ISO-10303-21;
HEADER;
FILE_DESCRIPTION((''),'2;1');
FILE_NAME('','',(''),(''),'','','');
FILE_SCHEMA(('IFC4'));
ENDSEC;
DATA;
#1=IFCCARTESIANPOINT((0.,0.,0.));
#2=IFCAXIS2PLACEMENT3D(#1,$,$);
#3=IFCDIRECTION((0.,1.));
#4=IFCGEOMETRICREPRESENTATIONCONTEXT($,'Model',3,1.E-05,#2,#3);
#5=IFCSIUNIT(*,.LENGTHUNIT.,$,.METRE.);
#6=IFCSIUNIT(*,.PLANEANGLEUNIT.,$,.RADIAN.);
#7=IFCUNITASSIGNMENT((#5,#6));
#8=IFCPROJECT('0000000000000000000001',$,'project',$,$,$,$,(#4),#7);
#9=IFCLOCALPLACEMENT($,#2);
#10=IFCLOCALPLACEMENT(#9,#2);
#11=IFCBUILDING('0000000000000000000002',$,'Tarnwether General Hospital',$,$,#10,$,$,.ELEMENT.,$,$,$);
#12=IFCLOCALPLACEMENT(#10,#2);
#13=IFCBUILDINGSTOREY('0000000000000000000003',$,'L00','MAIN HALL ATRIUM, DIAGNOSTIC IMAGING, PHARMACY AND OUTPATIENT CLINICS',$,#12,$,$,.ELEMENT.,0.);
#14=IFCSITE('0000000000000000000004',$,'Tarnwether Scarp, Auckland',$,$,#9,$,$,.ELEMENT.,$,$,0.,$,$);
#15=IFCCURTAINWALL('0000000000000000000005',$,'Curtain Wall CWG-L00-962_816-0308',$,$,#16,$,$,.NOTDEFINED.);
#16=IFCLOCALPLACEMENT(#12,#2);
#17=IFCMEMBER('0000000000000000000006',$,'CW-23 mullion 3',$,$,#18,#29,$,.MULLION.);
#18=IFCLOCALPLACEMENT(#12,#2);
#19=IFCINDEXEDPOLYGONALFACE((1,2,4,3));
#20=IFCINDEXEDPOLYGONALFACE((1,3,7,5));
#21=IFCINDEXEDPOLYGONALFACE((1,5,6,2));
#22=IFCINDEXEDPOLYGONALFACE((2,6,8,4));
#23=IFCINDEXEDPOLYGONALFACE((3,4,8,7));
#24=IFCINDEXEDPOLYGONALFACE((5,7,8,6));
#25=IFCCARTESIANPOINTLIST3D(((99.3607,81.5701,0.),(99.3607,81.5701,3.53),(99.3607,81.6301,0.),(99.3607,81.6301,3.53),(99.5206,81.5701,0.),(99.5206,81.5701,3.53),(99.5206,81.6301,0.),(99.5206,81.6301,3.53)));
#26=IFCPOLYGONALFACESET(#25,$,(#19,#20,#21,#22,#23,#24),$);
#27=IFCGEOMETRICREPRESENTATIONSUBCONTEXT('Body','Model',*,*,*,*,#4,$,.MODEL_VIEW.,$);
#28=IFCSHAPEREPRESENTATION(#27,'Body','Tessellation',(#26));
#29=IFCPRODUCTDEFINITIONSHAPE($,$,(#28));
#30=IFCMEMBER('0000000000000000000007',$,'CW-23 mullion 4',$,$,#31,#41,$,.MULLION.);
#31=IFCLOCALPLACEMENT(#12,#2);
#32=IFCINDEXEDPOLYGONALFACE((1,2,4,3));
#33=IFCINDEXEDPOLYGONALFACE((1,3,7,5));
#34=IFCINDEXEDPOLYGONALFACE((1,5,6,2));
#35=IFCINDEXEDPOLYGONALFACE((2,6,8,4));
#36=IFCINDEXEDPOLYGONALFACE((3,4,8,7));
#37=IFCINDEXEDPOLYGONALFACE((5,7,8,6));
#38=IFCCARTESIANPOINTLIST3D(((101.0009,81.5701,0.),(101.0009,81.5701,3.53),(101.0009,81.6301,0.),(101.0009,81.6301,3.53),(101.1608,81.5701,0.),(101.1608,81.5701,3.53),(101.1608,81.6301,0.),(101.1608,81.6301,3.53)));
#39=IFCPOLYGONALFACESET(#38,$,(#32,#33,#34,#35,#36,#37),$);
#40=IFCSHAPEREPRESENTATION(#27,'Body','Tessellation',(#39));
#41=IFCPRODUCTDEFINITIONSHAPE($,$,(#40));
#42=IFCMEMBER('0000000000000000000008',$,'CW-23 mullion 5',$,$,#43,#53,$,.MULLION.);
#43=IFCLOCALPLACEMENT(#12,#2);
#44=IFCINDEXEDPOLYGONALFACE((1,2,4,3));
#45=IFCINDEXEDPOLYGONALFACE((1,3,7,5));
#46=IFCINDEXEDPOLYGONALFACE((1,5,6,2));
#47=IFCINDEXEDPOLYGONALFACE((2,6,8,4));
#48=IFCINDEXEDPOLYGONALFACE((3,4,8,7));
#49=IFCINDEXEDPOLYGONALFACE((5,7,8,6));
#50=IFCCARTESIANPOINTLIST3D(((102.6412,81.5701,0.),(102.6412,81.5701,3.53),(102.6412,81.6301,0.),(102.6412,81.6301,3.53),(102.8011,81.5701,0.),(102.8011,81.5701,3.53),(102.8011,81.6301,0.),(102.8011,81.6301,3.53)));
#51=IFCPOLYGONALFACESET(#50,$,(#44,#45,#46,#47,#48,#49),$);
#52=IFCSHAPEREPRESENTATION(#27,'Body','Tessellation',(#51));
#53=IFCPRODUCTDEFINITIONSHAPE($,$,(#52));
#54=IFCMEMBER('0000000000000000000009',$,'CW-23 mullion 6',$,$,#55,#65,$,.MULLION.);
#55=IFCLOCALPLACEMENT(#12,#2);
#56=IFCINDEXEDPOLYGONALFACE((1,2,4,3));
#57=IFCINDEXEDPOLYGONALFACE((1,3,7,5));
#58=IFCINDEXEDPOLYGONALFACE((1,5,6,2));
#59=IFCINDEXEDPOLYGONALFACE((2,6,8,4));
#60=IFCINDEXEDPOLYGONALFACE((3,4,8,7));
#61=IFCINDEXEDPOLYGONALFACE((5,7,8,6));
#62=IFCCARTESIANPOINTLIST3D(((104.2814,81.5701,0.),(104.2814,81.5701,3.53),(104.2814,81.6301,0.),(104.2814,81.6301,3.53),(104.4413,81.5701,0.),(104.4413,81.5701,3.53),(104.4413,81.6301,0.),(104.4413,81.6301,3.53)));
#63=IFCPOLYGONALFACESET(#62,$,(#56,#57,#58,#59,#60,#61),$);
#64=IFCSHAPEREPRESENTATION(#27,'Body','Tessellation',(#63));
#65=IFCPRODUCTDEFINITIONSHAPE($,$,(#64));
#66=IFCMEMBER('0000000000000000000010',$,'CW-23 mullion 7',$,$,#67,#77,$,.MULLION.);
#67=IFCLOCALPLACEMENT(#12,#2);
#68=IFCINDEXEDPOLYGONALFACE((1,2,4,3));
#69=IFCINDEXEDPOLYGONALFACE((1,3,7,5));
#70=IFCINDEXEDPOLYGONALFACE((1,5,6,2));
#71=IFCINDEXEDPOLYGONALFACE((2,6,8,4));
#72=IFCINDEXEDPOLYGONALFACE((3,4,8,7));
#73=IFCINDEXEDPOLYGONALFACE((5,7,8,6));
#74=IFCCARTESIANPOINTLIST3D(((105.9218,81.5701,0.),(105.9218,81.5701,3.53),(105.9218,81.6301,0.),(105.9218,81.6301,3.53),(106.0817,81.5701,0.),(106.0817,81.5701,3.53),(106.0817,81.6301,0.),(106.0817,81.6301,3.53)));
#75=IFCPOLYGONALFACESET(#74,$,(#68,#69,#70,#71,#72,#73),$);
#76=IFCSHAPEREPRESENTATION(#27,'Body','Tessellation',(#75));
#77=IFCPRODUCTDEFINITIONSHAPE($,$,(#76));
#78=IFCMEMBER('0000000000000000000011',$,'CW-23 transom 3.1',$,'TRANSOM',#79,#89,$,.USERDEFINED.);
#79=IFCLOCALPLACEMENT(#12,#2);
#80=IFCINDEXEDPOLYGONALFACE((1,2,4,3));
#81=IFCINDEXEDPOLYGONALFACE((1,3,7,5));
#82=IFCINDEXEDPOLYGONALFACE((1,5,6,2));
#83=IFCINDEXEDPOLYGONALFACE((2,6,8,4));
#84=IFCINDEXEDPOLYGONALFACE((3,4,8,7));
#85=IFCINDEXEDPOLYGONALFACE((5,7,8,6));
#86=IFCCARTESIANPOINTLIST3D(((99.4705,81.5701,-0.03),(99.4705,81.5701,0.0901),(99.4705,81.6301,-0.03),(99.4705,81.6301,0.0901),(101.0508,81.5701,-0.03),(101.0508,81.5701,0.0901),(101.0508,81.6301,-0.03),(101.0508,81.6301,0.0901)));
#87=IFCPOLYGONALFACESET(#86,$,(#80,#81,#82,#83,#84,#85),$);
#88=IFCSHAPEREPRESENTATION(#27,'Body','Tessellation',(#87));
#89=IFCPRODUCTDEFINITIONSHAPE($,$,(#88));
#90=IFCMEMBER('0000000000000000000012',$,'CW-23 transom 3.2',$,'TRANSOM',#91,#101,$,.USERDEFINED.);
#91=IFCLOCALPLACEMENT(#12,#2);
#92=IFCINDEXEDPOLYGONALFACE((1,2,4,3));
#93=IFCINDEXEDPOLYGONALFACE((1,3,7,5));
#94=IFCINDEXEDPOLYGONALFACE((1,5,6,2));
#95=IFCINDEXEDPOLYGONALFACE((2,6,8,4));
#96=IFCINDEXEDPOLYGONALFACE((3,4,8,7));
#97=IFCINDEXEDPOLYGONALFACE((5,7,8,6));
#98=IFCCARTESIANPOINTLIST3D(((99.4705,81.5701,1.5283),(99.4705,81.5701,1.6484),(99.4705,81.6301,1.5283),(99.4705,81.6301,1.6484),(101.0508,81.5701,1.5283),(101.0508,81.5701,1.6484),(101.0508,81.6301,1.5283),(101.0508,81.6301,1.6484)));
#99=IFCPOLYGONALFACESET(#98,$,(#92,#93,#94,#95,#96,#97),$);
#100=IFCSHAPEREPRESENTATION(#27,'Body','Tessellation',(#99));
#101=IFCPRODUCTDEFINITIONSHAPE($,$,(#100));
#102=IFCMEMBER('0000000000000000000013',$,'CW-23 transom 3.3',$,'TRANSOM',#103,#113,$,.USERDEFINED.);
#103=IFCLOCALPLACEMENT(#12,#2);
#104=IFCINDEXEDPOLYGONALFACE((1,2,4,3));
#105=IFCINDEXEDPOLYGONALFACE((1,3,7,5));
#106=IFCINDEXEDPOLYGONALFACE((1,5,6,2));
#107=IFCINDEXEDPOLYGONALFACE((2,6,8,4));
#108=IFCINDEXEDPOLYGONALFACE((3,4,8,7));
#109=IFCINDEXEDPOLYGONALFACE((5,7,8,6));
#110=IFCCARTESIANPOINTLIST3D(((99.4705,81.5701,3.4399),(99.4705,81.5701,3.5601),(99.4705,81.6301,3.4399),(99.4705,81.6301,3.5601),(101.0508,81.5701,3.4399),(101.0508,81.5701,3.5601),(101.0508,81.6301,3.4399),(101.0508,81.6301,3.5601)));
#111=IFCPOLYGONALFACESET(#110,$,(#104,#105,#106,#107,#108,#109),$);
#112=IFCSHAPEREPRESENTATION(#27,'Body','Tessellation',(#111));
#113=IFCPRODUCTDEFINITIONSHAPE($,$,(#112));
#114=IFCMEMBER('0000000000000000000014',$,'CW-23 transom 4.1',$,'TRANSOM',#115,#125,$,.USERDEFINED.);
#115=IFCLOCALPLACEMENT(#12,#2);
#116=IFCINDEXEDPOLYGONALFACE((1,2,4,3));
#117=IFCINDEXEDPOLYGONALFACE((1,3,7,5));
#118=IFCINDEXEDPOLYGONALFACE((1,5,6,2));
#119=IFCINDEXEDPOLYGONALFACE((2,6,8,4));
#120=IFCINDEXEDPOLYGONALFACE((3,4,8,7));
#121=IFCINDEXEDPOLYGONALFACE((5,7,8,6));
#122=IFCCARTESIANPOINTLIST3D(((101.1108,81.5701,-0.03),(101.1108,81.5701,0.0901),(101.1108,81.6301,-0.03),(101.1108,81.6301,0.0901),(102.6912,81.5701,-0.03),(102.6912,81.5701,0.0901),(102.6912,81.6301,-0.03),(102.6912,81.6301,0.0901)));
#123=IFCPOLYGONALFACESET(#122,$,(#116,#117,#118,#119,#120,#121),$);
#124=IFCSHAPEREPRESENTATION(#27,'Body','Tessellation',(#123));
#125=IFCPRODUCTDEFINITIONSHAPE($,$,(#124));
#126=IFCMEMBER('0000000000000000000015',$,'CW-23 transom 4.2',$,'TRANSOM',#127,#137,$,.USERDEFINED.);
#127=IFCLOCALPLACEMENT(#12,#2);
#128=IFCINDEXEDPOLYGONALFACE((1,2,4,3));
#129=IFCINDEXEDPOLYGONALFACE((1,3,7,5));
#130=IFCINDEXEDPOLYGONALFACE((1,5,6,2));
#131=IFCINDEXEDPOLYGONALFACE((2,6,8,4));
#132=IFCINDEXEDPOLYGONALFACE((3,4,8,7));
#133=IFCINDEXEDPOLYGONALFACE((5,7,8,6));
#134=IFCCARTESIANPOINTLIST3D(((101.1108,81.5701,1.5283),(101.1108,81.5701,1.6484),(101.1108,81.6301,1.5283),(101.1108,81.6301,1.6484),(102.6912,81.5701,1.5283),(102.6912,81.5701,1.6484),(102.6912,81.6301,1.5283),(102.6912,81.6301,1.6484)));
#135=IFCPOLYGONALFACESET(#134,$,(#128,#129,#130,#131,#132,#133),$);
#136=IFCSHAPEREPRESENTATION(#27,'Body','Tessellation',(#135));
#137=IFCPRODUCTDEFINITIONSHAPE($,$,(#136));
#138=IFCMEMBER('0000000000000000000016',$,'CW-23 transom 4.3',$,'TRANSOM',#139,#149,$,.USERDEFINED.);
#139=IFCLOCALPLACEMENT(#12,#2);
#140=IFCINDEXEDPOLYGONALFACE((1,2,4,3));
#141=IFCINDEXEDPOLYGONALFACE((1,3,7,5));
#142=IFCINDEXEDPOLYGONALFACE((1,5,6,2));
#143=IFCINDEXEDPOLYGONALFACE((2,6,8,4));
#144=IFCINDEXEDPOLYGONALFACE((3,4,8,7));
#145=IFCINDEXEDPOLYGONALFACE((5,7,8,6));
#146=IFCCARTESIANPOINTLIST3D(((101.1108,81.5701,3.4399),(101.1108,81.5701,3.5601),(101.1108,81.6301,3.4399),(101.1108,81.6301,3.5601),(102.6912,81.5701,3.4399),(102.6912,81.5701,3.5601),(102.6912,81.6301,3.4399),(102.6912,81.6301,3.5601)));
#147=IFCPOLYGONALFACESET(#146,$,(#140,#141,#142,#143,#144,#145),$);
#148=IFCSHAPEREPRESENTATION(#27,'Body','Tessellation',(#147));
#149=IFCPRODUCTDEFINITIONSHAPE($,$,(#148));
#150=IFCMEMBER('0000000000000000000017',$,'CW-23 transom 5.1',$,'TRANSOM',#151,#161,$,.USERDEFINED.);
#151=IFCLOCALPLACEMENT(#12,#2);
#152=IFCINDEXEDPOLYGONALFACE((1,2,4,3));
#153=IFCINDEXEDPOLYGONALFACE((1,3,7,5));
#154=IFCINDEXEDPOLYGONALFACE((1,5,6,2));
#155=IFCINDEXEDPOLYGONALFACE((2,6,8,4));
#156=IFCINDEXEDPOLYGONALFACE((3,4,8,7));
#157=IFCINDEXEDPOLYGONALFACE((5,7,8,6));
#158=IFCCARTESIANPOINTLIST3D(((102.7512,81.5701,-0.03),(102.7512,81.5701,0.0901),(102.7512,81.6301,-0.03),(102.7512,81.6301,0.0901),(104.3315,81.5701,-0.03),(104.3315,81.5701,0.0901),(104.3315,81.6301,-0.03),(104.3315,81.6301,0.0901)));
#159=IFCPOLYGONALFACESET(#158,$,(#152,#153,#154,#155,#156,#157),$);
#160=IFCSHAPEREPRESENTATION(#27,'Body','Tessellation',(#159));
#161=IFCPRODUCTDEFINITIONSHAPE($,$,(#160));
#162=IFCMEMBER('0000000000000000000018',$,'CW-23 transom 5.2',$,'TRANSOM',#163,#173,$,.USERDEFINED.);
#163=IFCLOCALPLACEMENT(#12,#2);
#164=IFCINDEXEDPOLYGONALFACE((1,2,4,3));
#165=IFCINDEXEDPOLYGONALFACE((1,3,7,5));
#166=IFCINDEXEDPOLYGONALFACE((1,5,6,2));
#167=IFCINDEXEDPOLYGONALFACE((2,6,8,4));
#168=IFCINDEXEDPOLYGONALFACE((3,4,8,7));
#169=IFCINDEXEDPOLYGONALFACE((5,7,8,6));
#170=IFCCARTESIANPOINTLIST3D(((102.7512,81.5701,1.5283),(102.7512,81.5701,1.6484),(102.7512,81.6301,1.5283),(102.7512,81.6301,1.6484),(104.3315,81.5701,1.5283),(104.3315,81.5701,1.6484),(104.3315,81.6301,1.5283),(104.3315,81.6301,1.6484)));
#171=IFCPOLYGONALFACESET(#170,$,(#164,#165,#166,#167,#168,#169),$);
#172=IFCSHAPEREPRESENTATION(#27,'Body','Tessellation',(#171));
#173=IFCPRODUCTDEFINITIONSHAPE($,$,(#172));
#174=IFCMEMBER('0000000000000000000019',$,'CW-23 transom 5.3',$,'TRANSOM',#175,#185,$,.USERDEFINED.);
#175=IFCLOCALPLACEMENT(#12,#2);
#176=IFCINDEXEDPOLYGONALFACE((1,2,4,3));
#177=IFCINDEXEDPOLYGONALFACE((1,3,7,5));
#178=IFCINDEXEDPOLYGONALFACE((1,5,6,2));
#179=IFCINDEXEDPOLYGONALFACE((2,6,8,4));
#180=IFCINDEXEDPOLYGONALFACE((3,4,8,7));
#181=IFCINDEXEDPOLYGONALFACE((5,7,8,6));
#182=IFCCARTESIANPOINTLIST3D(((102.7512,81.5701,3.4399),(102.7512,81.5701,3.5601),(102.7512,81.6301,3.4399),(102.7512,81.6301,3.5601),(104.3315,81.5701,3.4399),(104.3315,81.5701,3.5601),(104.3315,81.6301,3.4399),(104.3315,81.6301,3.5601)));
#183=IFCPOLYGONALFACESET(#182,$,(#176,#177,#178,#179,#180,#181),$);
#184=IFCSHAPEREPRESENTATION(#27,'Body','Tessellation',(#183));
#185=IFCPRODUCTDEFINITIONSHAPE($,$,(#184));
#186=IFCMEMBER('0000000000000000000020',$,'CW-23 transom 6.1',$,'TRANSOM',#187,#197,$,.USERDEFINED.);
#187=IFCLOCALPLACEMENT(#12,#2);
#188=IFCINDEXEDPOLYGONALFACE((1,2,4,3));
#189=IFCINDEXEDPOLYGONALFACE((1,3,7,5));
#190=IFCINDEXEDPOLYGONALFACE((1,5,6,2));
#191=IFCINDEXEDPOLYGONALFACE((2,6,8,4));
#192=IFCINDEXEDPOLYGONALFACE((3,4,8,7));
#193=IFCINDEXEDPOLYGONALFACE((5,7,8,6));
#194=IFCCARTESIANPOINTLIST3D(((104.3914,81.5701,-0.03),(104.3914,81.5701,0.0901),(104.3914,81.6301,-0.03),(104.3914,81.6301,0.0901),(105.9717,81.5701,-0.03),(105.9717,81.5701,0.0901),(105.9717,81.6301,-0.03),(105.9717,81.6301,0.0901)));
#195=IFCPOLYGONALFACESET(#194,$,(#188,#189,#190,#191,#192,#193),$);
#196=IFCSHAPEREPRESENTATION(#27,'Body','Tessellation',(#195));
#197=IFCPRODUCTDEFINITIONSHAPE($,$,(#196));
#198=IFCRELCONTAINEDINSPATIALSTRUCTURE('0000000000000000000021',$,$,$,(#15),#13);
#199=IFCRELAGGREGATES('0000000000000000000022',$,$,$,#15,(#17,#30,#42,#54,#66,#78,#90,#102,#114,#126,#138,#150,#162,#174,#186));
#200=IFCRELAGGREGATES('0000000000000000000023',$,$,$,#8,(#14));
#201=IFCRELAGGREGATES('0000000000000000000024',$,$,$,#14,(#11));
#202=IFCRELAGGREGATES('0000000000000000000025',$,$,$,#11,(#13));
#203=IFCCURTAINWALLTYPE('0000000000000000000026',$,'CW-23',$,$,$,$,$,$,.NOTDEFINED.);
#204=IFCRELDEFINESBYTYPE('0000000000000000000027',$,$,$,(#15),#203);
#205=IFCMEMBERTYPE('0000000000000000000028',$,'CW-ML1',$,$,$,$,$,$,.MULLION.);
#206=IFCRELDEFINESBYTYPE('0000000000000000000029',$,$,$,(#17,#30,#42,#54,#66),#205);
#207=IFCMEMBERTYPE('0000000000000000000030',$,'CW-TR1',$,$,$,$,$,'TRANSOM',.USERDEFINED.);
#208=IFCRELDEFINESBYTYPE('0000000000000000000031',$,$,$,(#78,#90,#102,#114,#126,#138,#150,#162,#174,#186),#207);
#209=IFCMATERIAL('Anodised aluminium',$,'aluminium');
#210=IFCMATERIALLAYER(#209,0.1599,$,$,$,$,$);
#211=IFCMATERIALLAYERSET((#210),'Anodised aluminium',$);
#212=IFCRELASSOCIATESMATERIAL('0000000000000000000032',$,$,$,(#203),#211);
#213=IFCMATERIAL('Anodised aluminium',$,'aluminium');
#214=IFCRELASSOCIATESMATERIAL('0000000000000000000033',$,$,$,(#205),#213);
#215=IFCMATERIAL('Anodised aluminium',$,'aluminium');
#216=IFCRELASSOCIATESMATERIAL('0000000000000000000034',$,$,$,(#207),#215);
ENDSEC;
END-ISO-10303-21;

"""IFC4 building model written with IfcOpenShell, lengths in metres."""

from ifc_helpers import new_model, si_unit, direction, frame, origin, origin_2d, place, context, subcontext, project, spatial, rectangle, extrude, material, layer, layer_set, material_profile, profile_set, type_object, element, aggregate, save


model = new_model("IFC4")

# Units and contexts
model_context = context("Model", 3, precision=1e-05, world=origin(), true_north=direction((0.0, 1.0)))
body_context = subcontext(model_context, "Body", "Model", "MODEL_VIEW")
ifc_project = project(units=[si_unit("LENGTHUNIT", "METRE"), si_unit("PLANEANGLEUNIT", "RADIAN")], contexts=[model_context])

# Site, building, storey
site_placement = place(None, origin())
site = spatial("IfcSite", under=ifc_project, at=site_placement, Name="Tarnwether Scarp, Auckland", CompositionType="ELEMENT", RefElevation=0.0)
building_placement = place(site_placement, origin())
building = spatial("IfcBuilding", under=site, at=building_placement, Name="Tarnwether General Hospital", CompositionType="ELEMENT")
storey_placement = place(building_placement, origin())
storey = spatial("IfcBuildingStorey", under=building, at=storey_placement, Name="L00", Description="MAIN HALL ATRIUM, DIAGNOSTIC IMAGING, PHARMACY AND OUTPATIENT CLINICS", CompositionType="ELEMENT", Elevation=0.0)

# Curtain wall, members
ifc_material_1 = material(Name="Anodised aluminium", Category="aluminium")
ifc_layer_1 = layer(ifc_material_1, 0.1599)
ifc_layer_set_1 = layer_set([ifc_layer_1], Name="Anodised aluminium")
curtain_wall_type = type_object("IfcCurtainWallType", Name="CW-23", PredefinedType="NOTDEFINED", material=ifc_layer_set_1)
curtain_wall_placement = place(storey_placement, origin())
curtain_wall = element("IfcCurtainWall", 1, at=curtain_wall_placement, inside=storey, type_object=curtain_wall_type, Name="Curtain Wall CWG-L00-962_816-0308", PredefinedType="NOTDEFINED")
ifc_material_2 = material(Name="Anodised aluminium", Category="aluminium")
ifc_material_profile_1 = material_profile(ifc_material_2, rectangle(XDim=0.0601, YDim=0.1599, at=origin_2d()), Name="ALU-MUL-60x160")
ifc_profile_set_1 = profile_set([ifc_material_profile_1], Name="Anodised aluminium")
member_type_1 = type_object("IfcMemberType", Name="CW-ML1", PredefinedType="MULLION", material=ifc_profile_set_1)
member_1_placement = place(storey_placement, frame((99.4407, 81.6001, 0.0), z_axis=(0.0, 0.0, 1.0), x_axis=(0.0, 1.0, 0.0)))
member_1 = element("IfcMember", 2, at=member_1_placement, type_object=member_type_1, Name="CW-23 mullion 3", PredefinedType="MULLION", context=body_context, shape_type="SweptSolid", body=[
    extrude(rectangle(XDim=0.0601, YDim=0.1599, at=origin_2d()), origin(), (0.0, 0.0, 1.0), 3.53),
])
member_2_placement = place(storey_placement, frame((101.0808, 81.6001, 0.0), z_axis=(0.0, 0.0, 1.0), x_axis=(0.0, 1.0, 0.0)))
member_2 = element("IfcMember", 3, at=member_2_placement, type_object=member_type_1, Name="CW-23 mullion 4", PredefinedType="MULLION", context=body_context, shape_type="SweptSolid", body=[
    extrude(rectangle(XDim=0.0601, YDim=0.1599, at=origin_2d()), origin(), (0.0, 0.0, 1.0), 3.53),
])
member_3_placement = place(storey_placement, frame((102.7212, 81.6001, 0.0), z_axis=(0.0, 0.0, 1.0), x_axis=(0.0, 1.0, 0.0)))
member_3 = element("IfcMember", 4, at=member_3_placement, type_object=member_type_1, Name="CW-23 mullion 5", PredefinedType="MULLION", context=body_context, shape_type="SweptSolid", body=[
    extrude(rectangle(XDim=0.0601, YDim=0.1599, at=origin_2d()), origin(), (0.0, 0.0, 1.0), 3.53),
])
member_4_placement = place(storey_placement, frame((104.3613, 81.6001, 0.0), z_axis=(0.0, 0.0, 1.0), x_axis=(0.0, 1.0, 0.0)))
member_4 = element("IfcMember", 5, at=member_4_placement, type_object=member_type_1, Name="CW-23 mullion 6", PredefinedType="MULLION", context=body_context, shape_type="SweptSolid", body=[
    extrude(rectangle(XDim=0.0601, YDim=0.1599, at=origin_2d()), origin(), (0.0, 0.0, 1.0), 3.53),
])
member_5_placement = place(storey_placement, frame((106.0017, 81.6001, 0.0), z_axis=(0.0, 0.0, 1.0), x_axis=(0.0, 1.0, 0.0)))
member_5 = element("IfcMember", 6, at=member_5_placement, type_object=member_type_1, Name="CW-23 mullion 7", PredefinedType="MULLION", context=body_context, shape_type="SweptSolid", body=[
    extrude(rectangle(XDim=0.0601, YDim=0.1599, at=origin_2d()), origin(), (0.0, 0.0, 1.0), 3.53),
])
ifc_material_3 = material(Name="Anodised aluminium", Category="aluminium")
ifc_material_profile_2 = material_profile(ifc_material_3, rectangle(XDim=0.0601, YDim=0.1201, at=origin_2d()), Name="ALU-TRN-60x120")
ifc_profile_set_2 = profile_set([ifc_material_profile_2], Name="Anodised aluminium")
member_type_2 = type_object("IfcMemberType", Name="CW-TR1", ElementType="TRANSOM", PredefinedType="USERDEFINED", material=ifc_profile_set_2)
member_6_placement = place(storey_placement, frame((99.4705, 81.6001, 0.03), z_axis=(1.0, 0.0, 0.0), x_axis=(0.0, 1.0, 0.0)))
member_6 = element("IfcMember", 7, at=member_6_placement, type_object=member_type_2, Name="CW-23 transom 3.1", ObjectType="TRANSOM", PredefinedType="USERDEFINED", context=body_context, shape_type="SweptSolid", body=[
    extrude(rectangle(XDim=0.0601, YDim=0.1201, at=origin_2d()), origin(), (0.0, 0.0, 1.0), 1.5803),
])
member_7_placement = place(storey_placement, frame((99.4705, 81.6001, 1.5884), z_axis=(1.0, 0.0, 0.0), x_axis=(0.0, 1.0, 0.0)))
member_7 = element("IfcMember", 8, at=member_7_placement, type_object=member_type_2, Name="CW-23 transom 3.2", ObjectType="TRANSOM", PredefinedType="USERDEFINED", context=body_context, shape_type="SweptSolid", body=[
    extrude(rectangle(XDim=0.0601, YDim=0.1201, at=origin_2d()), origin(), (0.0, 0.0, 1.0), 1.5803),
])
member_8_placement = place(storey_placement, frame((99.4705, 81.6001, 3.5), z_axis=(1.0, 0.0, 0.0), x_axis=(0.0, 1.0, 0.0)))
member_8 = element("IfcMember", 9, at=member_8_placement, type_object=member_type_2, Name="CW-23 transom 3.3", ObjectType="TRANSOM", PredefinedType="USERDEFINED", context=body_context, shape_type="SweptSolid", body=[
    extrude(rectangle(XDim=0.0601, YDim=0.1201, at=origin_2d()), origin(), (0.0, 0.0, 1.0), 1.5803),
])
member_9_placement = place(storey_placement, frame((101.1108, 81.6001, 0.03), z_axis=(1.0, 0.0, 0.0), x_axis=(0.0, 1.0, 0.0)))
member_9 = element("IfcMember", 10, at=member_9_placement, type_object=member_type_2, Name="CW-23 transom 4.1", ObjectType="TRANSOM", PredefinedType="USERDEFINED", context=body_context, shape_type="SweptSolid", body=[
    extrude(rectangle(XDim=0.0601, YDim=0.1201, at=origin_2d()), origin(), (0.0, 0.0, 1.0), 1.5803),
])
member_10_placement = place(storey_placement, frame((101.1108, 81.6001, 1.5884), z_axis=(1.0, 0.0, 0.0), x_axis=(0.0, 1.0, 0.0)))
member_10 = element("IfcMember", 11, at=member_10_placement, type_object=member_type_2, Name="CW-23 transom 4.2", ObjectType="TRANSOM", PredefinedType="USERDEFINED", context=body_context, shape_type="SweptSolid", body=[
    extrude(rectangle(XDim=0.0601, YDim=0.1201, at=origin_2d()), origin(), (0.0, 0.0, 1.0), 1.5803),
])
member_11_placement = place(storey_placement, frame((101.1108, 81.6001, 3.5), z_axis=(1.0, 0.0, 0.0), x_axis=(0.0, 1.0, 0.0)))
member_11 = element("IfcMember", 12, at=member_11_placement, type_object=member_type_2, Name="CW-23 transom 4.3", ObjectType="TRANSOM", PredefinedType="USERDEFINED", context=body_context, shape_type="SweptSolid", body=[
    extrude(rectangle(XDim=0.0601, YDim=0.1201, at=origin_2d()), origin(), (0.0, 0.0, 1.0), 1.5803),
])
member_12_placement = place(storey_placement, frame((102.7512, 81.6001, 0.03), z_axis=(1.0, 0.0, 0.0), x_axis=(0.0, 1.0, 0.0)))
member_12 = element("IfcMember", 13, at=member_12_placement, type_object=member_type_2, Name="CW-23 transom 5.1", ObjectType="TRANSOM", PredefinedType="USERDEFINED", context=body_context, shape_type="SweptSolid", body=[
    extrude(rectangle(XDim=0.0601, YDim=0.1201, at=origin_2d()), origin(), (0.0, 0.0, 1.0), 1.5803),
])
member_13_placement = place(storey_placement, frame((102.7512, 81.6001, 1.5884), z_axis=(1.0, 0.0, 0.0), x_axis=(0.0, 1.0, 0.0)))
member_13 = element("IfcMember", 14, at=member_13_placement, type_object=member_type_2, Name="CW-23 transom 5.2", ObjectType="TRANSOM", PredefinedType="USERDEFINED", context=body_context, shape_type="SweptSolid", body=[
    extrude(rectangle(XDim=0.0601, YDim=0.1201, at=origin_2d()), origin(), (0.0, 0.0, 1.0), 1.5803),
])
member_14_placement = place(storey_placement, frame((102.7512, 81.6001, 3.5), z_axis=(1.0, 0.0, 0.0), x_axis=(0.0, 1.0, 0.0)))
member_14 = element("IfcMember", 15, at=member_14_placement, type_object=member_type_2, Name="CW-23 transom 5.3", ObjectType="TRANSOM", PredefinedType="USERDEFINED", context=body_context, shape_type="SweptSolid", body=[
    extrude(rectangle(XDim=0.0601, YDim=0.1201, at=origin_2d()), origin(), (0.0, 0.0, 1.0), 1.5803),
])
member_15_placement = place(storey_placement, frame((104.3914, 81.6001, 0.03), z_axis=(1.0, 0.0, 0.0), x_axis=(0.0, 1.0, 0.0)))
member_15 = element("IfcMember", 16, at=member_15_placement, type_object=member_type_2, Name="CW-23 transom 6.1", ObjectType="TRANSOM", PredefinedType="USERDEFINED", context=body_context, shape_type="SweptSolid", body=[
    extrude(rectangle(XDim=0.0601, YDim=0.1201, at=origin_2d()), origin(), (0.0, 0.0, 1.0), 1.5803),
])
aggregate(curtain_wall, [member_1, member_2, member_3, member_4, member_5, member_6, member_7, member_8, member_9, member_10, member_11, member_12, member_13, member_14, member_15])

save(model, "model.ifc")
